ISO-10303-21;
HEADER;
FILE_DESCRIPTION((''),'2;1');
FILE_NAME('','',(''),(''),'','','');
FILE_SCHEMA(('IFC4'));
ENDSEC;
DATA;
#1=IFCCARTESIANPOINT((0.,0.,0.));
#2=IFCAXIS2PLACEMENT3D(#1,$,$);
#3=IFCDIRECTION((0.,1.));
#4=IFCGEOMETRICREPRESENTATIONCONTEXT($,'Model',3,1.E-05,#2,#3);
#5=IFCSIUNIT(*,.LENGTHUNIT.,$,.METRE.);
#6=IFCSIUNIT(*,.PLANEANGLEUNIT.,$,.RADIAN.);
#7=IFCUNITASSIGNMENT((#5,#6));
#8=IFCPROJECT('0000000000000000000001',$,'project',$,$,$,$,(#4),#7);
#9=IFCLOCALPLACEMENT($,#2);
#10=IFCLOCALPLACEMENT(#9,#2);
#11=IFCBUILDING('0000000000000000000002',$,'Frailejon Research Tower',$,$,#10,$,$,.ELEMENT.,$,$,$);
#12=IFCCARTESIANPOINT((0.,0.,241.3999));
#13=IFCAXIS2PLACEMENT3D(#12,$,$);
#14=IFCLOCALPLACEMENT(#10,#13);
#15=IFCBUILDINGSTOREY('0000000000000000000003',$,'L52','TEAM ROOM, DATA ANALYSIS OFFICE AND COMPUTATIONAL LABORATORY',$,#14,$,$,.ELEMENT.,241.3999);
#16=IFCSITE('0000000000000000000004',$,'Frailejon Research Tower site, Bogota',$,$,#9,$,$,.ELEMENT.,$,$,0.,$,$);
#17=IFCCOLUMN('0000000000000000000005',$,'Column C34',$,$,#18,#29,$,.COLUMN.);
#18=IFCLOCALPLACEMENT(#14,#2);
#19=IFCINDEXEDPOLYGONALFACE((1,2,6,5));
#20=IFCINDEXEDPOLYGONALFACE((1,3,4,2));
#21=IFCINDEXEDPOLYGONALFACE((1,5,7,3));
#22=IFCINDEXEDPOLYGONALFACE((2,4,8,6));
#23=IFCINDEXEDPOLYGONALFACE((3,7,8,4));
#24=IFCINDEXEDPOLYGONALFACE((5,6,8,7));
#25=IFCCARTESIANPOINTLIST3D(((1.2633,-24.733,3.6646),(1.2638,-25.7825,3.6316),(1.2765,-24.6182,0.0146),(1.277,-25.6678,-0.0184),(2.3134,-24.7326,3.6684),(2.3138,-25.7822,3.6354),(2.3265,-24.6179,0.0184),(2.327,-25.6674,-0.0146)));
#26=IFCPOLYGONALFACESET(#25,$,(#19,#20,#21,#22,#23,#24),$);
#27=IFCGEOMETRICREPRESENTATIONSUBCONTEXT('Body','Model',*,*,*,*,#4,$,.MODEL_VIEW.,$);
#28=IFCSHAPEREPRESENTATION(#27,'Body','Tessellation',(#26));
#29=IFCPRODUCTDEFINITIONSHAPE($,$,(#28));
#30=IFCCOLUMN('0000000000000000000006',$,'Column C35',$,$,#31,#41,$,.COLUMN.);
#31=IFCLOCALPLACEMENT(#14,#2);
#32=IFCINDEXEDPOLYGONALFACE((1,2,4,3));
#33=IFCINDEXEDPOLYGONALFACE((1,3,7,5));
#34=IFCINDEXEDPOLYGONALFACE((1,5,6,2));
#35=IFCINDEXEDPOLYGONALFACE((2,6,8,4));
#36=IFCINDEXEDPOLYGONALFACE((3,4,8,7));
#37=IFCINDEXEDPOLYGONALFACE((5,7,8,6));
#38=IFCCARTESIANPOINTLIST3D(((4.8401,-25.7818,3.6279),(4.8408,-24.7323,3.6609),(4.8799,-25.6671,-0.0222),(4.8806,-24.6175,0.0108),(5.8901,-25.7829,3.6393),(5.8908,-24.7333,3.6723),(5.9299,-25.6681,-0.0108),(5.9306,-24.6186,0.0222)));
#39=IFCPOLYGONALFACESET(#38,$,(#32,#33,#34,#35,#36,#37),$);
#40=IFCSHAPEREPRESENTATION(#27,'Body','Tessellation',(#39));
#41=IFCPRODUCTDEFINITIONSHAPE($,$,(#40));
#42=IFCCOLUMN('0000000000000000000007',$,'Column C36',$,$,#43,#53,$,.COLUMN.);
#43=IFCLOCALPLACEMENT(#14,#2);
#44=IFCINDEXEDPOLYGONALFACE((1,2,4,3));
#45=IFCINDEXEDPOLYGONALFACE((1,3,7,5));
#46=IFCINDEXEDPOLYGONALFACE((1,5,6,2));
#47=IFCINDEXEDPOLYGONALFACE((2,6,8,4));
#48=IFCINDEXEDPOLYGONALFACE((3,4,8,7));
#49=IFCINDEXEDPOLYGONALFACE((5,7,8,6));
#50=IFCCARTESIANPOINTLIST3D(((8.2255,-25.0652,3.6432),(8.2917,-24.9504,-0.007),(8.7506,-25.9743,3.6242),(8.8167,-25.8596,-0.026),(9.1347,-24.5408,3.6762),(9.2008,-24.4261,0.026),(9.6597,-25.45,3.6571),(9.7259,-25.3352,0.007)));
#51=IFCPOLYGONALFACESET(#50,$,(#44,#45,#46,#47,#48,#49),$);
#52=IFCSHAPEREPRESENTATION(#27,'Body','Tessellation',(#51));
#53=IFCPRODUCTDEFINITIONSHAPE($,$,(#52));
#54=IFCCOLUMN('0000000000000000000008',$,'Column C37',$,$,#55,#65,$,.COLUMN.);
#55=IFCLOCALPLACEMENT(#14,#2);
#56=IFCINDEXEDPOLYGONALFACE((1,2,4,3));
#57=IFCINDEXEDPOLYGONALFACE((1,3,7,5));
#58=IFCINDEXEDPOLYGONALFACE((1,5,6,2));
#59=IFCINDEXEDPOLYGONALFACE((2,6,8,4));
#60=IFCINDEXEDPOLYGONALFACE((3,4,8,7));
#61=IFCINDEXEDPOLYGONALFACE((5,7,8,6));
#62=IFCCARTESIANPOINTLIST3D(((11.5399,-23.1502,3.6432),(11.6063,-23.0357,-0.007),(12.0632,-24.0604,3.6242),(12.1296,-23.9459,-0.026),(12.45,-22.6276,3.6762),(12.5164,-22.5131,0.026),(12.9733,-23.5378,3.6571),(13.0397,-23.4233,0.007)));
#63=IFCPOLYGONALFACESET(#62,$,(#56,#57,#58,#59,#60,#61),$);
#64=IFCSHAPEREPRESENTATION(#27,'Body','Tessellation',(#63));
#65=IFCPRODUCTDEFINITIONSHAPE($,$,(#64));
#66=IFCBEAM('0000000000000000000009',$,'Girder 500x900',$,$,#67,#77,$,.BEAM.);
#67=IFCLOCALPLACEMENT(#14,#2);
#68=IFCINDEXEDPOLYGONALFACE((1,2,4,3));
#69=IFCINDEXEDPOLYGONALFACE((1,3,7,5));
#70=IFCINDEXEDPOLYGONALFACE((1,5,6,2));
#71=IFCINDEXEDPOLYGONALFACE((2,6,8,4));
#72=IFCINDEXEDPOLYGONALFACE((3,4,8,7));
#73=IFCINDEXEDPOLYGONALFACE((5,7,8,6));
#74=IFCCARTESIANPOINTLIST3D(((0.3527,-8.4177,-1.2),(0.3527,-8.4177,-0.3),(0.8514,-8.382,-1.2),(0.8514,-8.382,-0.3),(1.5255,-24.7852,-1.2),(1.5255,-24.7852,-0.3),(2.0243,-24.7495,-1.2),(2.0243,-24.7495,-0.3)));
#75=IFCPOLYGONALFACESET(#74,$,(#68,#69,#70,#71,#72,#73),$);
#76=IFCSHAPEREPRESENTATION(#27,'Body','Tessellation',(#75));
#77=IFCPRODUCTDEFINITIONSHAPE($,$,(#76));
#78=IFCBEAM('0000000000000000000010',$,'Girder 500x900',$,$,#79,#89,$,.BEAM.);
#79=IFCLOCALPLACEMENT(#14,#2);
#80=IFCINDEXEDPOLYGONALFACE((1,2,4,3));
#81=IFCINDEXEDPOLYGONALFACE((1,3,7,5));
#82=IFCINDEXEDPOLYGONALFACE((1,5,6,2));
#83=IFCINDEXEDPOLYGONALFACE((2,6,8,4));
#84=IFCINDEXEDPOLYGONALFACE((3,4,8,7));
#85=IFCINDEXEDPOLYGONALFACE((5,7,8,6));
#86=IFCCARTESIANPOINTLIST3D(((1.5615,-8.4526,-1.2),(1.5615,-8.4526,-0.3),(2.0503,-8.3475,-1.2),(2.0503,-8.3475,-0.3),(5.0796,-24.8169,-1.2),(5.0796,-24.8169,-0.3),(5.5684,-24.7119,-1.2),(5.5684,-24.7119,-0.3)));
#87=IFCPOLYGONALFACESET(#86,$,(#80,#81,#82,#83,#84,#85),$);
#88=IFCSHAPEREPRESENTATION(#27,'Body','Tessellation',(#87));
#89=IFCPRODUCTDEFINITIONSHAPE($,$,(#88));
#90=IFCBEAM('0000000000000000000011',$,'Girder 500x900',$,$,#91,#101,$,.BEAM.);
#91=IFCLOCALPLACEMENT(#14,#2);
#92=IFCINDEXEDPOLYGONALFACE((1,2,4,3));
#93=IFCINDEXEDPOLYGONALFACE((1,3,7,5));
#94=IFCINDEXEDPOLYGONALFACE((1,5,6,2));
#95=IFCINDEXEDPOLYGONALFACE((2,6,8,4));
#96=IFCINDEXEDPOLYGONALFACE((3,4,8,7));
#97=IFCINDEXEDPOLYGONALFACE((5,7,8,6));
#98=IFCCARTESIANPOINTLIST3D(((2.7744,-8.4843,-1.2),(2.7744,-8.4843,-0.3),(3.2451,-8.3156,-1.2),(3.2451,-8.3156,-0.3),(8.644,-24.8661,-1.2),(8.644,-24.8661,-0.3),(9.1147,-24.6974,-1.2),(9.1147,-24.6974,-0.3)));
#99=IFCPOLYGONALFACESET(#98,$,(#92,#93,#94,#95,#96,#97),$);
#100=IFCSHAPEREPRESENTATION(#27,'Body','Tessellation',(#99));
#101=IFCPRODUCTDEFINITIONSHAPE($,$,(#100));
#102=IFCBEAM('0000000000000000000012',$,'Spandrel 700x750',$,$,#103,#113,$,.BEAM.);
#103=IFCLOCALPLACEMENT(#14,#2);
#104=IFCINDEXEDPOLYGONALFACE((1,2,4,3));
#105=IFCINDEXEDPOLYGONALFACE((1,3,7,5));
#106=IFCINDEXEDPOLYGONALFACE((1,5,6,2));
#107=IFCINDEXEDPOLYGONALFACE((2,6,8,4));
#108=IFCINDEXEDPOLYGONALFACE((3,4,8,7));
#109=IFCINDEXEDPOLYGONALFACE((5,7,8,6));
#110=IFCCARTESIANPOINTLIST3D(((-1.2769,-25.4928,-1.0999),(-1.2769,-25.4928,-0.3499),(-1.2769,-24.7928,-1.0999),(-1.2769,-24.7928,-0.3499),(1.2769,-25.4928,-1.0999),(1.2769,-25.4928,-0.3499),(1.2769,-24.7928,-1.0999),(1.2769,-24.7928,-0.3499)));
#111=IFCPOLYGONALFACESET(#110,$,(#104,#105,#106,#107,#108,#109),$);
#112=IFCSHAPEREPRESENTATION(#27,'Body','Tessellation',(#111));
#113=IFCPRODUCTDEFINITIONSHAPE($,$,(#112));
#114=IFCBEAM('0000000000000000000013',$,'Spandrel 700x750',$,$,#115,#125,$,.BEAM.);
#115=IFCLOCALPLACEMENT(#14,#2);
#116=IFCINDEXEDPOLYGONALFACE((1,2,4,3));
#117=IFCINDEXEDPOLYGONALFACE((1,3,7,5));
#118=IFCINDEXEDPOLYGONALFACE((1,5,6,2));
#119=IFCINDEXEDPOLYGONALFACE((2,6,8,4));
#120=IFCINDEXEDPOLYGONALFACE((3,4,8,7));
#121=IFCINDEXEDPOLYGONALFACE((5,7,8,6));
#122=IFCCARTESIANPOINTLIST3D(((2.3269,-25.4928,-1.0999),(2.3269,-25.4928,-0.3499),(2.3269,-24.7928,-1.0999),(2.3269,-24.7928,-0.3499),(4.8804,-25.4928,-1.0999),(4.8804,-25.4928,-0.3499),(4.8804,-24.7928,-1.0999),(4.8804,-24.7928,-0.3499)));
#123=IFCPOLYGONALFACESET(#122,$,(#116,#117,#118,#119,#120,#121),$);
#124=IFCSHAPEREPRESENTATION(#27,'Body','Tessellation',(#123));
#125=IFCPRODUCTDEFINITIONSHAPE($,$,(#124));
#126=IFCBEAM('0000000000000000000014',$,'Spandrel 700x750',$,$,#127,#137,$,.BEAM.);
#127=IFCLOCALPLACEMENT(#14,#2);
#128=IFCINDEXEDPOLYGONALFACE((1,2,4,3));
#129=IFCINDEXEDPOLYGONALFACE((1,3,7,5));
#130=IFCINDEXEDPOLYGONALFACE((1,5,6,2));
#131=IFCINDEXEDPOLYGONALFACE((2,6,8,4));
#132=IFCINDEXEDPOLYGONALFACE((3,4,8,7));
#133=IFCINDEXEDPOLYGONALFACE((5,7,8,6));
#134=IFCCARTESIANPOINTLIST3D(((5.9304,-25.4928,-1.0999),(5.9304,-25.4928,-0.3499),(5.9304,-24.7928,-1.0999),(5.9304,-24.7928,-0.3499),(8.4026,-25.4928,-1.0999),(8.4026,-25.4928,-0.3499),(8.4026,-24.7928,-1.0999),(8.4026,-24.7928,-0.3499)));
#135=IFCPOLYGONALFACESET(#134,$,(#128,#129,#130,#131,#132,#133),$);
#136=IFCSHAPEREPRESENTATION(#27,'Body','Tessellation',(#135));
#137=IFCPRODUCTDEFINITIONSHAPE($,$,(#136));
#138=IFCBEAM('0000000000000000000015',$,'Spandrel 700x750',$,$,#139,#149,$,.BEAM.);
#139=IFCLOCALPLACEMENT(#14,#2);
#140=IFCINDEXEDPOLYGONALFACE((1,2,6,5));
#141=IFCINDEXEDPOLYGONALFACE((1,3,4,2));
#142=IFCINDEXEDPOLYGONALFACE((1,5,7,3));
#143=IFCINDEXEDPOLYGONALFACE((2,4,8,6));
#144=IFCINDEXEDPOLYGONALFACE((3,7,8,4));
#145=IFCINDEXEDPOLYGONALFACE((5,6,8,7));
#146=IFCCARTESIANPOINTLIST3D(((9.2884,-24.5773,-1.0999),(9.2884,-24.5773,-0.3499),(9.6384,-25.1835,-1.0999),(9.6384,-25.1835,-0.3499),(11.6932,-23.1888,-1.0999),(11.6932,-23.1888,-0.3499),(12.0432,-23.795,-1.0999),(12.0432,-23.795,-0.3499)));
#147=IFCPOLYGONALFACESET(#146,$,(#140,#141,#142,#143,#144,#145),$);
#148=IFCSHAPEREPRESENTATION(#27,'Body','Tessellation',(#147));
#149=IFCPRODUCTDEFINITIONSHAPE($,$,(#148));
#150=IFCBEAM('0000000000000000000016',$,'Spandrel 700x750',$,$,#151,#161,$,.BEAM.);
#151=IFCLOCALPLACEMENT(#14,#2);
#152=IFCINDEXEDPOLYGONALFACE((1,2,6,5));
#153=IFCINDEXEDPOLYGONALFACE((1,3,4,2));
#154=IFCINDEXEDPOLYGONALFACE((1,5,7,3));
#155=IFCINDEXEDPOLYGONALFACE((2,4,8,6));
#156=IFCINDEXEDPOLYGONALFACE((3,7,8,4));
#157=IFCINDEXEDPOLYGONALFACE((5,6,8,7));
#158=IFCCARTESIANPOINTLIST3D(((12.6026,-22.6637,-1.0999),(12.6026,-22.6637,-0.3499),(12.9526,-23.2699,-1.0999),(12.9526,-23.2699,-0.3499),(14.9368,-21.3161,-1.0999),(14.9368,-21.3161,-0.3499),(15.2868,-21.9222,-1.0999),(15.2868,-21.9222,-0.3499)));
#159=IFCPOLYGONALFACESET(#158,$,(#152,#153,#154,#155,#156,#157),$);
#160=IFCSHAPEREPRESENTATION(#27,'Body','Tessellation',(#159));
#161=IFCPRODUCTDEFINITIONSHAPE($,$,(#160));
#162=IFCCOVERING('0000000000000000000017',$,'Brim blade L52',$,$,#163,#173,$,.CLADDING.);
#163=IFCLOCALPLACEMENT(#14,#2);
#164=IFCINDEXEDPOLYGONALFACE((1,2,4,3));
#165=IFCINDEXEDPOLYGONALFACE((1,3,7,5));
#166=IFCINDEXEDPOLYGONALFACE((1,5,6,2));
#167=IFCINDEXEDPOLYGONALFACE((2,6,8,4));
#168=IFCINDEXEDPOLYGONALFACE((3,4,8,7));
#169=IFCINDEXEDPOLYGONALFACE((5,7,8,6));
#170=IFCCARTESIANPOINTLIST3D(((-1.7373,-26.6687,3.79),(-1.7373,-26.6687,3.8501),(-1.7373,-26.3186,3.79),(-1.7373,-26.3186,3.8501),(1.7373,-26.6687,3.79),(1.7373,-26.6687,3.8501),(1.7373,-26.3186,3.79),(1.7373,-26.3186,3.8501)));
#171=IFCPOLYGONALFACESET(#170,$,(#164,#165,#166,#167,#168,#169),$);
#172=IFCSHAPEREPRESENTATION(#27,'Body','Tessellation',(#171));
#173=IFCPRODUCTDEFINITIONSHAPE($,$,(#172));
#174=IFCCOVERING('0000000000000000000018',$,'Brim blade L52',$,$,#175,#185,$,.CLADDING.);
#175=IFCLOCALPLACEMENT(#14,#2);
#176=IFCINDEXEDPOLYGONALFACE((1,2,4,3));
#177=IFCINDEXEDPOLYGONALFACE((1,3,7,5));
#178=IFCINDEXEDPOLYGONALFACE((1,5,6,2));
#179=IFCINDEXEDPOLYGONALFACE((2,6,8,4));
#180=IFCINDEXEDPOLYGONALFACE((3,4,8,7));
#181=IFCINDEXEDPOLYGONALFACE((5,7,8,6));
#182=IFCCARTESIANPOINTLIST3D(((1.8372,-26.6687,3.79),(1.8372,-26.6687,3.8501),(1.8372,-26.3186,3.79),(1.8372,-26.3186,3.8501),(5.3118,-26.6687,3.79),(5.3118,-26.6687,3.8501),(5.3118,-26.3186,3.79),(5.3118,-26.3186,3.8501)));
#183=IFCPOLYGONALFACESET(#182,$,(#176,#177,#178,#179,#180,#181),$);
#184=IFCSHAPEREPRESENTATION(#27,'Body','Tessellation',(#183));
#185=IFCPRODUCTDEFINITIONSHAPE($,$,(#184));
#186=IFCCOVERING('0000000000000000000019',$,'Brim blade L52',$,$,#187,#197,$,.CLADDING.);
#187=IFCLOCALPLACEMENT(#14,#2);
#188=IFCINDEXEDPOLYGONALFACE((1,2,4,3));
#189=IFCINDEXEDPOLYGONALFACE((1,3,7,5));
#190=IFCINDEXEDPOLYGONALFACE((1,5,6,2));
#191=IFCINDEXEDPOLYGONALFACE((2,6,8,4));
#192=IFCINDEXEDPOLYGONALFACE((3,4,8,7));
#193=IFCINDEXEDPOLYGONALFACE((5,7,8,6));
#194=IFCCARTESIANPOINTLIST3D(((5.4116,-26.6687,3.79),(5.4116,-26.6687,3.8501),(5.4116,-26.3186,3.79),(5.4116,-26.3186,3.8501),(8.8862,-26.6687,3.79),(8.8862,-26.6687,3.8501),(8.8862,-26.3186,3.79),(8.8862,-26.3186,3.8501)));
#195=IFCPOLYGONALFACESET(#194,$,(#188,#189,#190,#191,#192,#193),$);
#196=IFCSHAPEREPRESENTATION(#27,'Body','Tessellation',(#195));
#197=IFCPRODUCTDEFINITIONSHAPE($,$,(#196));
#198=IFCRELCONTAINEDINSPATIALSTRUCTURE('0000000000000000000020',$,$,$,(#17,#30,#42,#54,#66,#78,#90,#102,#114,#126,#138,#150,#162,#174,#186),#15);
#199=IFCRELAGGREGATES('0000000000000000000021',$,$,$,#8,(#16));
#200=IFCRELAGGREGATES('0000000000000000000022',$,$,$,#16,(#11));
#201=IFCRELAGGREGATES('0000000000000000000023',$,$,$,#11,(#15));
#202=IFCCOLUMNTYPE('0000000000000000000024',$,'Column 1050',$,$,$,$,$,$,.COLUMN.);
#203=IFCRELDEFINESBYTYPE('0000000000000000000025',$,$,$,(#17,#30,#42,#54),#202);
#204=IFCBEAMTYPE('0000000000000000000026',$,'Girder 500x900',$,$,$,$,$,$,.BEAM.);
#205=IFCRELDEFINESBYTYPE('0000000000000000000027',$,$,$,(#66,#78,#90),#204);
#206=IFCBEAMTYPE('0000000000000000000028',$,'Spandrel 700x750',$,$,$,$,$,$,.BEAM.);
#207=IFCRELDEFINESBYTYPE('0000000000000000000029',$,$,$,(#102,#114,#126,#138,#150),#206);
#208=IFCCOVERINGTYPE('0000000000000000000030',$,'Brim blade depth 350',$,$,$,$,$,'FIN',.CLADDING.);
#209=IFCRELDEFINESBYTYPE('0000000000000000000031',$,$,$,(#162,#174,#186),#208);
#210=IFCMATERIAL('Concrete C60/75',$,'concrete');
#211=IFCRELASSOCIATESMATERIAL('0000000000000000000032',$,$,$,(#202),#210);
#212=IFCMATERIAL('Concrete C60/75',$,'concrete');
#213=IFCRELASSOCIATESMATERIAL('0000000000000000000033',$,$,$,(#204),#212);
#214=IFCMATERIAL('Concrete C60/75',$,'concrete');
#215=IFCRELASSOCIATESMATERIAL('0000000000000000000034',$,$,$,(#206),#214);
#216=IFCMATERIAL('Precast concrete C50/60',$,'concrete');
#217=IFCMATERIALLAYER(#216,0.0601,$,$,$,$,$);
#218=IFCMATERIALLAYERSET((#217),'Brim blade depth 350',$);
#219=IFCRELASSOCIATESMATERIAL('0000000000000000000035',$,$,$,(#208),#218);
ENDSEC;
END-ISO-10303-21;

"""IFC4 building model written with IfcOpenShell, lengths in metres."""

from ifc_helpers import new_model, si_unit, direction, frame, origin, origin_2d, place, context, subcontext, project, spatial, polyline, rectangle, outline, extrude, material, layer, layer_set, material_profile, profile_set, type_object, element, save


model = new_model("IFC4")

# Units and contexts
model_context = context("Model", 3, precision=1e-05, world=origin(), true_north=direction((0.0, 1.0)))
body_context = subcontext(model_context, "Body", "Model", "MODEL_VIEW")
ifc_project = project(units=[si_unit("LENGTHUNIT", "METRE"), si_unit("PLANEANGLEUNIT", "RADIAN")], contexts=[model_context])

# Site, building, storey
site_placement = place(None, origin())
site = spatial("IfcSite", under=ifc_project, at=site_placement, Name="Frailejon Research Tower site, Bogota", CompositionType="ELEMENT", RefElevation=0.0)
building_placement = place(site_placement, origin())
building = spatial("IfcBuilding", under=site, at=building_placement, Name="Frailejon Research Tower", CompositionType="ELEMENT")
storey_placement = place(building_placement, frame((0.0, 0.0, 241.3999)))
storey = spatial("IfcBuildingStorey", under=building, at=storey_placement, Name="L52", Description="TEAM ROOM, DATA ANALYSIS OFFICE AND COMPUTATIONAL LABORATORY", CompositionType="ELEMENT", Elevation=241.3999)

# Columns
ifc_material_1 = material(Name="Concrete C60/75", Category="concrete")
ifc_material_profile_1 = material_profile(ifc_material_1, rectangle(XDim=1.05, YDim=1.05, at=origin_2d()), Name="Column 1050")
ifc_profile_set_1 = profile_set([ifc_material_profile_1], Name="Concrete C60/75")
column_type = type_object("IfcColumnType", Name="Column 1050", PredefinedType="COLUMN", material=ifc_profile_set_1)
column_1_placement = place(storey_placement, frame((1.8018, -25.1428, 0.0), z_axis=(-0.00361, -0.03142, 0.9995), x_axis=(0.999993, 0.000341, 0.003623)))
element("IfcColumn", 1, at=column_1_placement, inside=storey, type_object=column_type, Name="Column C34", PredefinedType="COLUMN", context=body_context, shape_type="SweptSolid", body=[
    extrude(rectangle(XDim=1.05, YDim=1.05, at=origin_2d()), origin(), (0.0, 0.0, 1.0), 3.6519),
])
column_2_placement = place(storey_placement, frame((5.4053, -25.1428, 0.0), z_axis=(-0.010896, -0.031419, 0.999447), x_axis=(0.99994, -0.001008, 0.01087)))
element("IfcColumn", 2, at=column_2_placement, inside=storey, type_object=column_type, Name="Column C35", PredefinedType="COLUMN", context=body_context, shape_type="SweptSolid", body=[
    extrude(rectangle(XDim=1.05, YDim=1.05, at=origin_2d()), origin(), (0.0, 0.0, 1.0), 3.6521),
])
for number, where, z_axis, x_axis, name in (
    (3, (9.0088, -25.1428, 0.0), (-0.018114, -0.031415, 0.999342), (0.865818, 0.499373, 0.031392), "Column C36"),
    (4, (12.323, -23.2295, 0.0), (-0.018181, -0.031349, 0.999343), (0.866777, 0.497708, 0.031382), "Column C37"),
):
    element("IfcColumn", number, at=place(storey_placement, frame(where, z_axis=z_axis, x_axis=x_axis)), inside=storey, type_object=column_type, Name=name, PredefinedType="COLUMN", context=body_context, shape_type="SweptSolid", body=[
        extrude(rectangle(XDim=1.05, YDim=1.05, at=origin_2d()), origin(), (0.0, 0.0, 1.0), 3.6526),
    ])

# Beams
ifc_material_2 = material(Name="Concrete C60/75", Category="concrete")
ifc_material_profile_2 = material_profile(ifc_material_2, rectangle(XDim=0.5, YDim=0.8999, at=origin_2d()), Name="Girder 500x900")
ifc_profile_set_2 = profile_set([ifc_material_profile_2], Name="Concrete C60/75")
beam_type_1 = type_object("IfcBeamType", Name="Girder 500x900", PredefinedType="BEAM", material=ifc_profile_set_2)
beam_1_placement = place(storey_placement, frame((1.7749, -24.7673, -0.75), z_axis=(-0.071474, 0.997442, 0.0), x_axis=(-0.997442, -0.071474, 0.0)))
element("IfcBeam", 5, at=beam_1_placement, inside=storey, type_object=beam_type_1, Name="Girder 500x900", PredefinedType="BEAM", context=body_context, shape_type="SweptSolid", body=[
    extrude(rectangle(XDim=0.5, YDim=0.8999, at=origin_2d()), origin(), (0.0, 0.0, 1.0), 16.4094),
])
beam_2_placement = place(storey_placement, frame((5.324, -24.7644, -0.75), z_axis=(-0.210179, 0.977663, 0.0), x_axis=(-0.977663, -0.210179, 0.0)))
element("IfcBeam", 6, at=beam_2_placement, inside=storey, type_object=beam_type_1, Name="Girder 500x900", PredefinedType="BEAM", context=body_context, shape_type="SweptSolid", body=[
    extrude(rectangle(XDim=0.5, YDim=0.8999, at=origin_2d()), origin(), (0.0, 0.0, 1.0), 16.7383),
])
beam_3_placement = place(storey_placement, frame((8.8794, -24.7817, -0.75), z_axis=(-0.337303, 0.941396, 0.0), x_axis=(-0.941396, -0.337303, 0.0)))
element("IfcBeam", 7, at=beam_3_placement, inside=storey, type_object=beam_type_1, Name="Girder 500x900", PredefinedType="BEAM", context=body_context, shape_type="SweptSolid", body=[
    extrude(rectangle(XDim=0.5, YDim=0.8999, at=origin_2d()), origin(), (0.0, 0.0, 1.0), 17.4016),
])
ifc_material_3 = material(Name="Concrete C60/75", Category="concrete")
ifc_material_profile_3 = material_profile(ifc_material_3, rectangle(XDim=0.7, YDim=0.75, at=origin_2d()), Name="Spandrel 700x750")
ifc_profile_set_3 = profile_set([ifc_material_profile_3], Name="Concrete C60/75")
beam_type_2 = type_object("IfcBeamType", Name="Spandrel 700x750", PredefinedType="BEAM", material=ifc_profile_set_3)
beam_4_placement = place(storey_placement, frame((-1.2769, -25.1428, -0.7249), z_axis=(1.0, 0.0, 0.0), x_axis=(0.0, 1.0, 0.0)))
element("IfcBeam", 8, at=beam_4_placement, inside=storey, type_object=beam_type_2, Name="Spandrel 700x750", PredefinedType="BEAM", context=body_context, shape_type="SweptSolid", body=[
    extrude(rectangle(XDim=0.7, YDim=0.75, at=origin_2d()), origin(), (0.0, 0.0, 1.0), 2.5537),
])
beam_5_placement = place(storey_placement, frame((2.3269, -25.1428, -0.7249), z_axis=(1.0, 0.0, 0.0), x_axis=(0.0, 1.0, 0.0)))
element("IfcBeam", 9, at=beam_5_placement, inside=storey, type_object=beam_type_2, Name="Spandrel 700x750", PredefinedType="BEAM", context=body_context, shape_type="SweptSolid", body=[
    extrude(rectangle(XDim=0.7, YDim=0.75, at=origin_2d()), origin(), (0.0, 0.0, 1.0), 2.5535),
])
beam_6_placement = place(storey_placement, frame((5.9304, -25.1428, -0.7249), z_axis=(1.0, 0.0, 0.0), x_axis=(0.0, 1.0, 0.0)))
element("IfcBeam", 10, at=beam_6_placement, inside=storey, type_object=beam_type_2, Name="Spandrel 700x750", PredefinedType="BEAM", context=body_context, shape_type="SweptSolid", body=[
    extrude(rectangle(XDim=0.7, YDim=0.75, at=origin_2d()), origin(), (0.0, 0.0, 1.0), 2.4722),
])
beam_7_placement = place(storey_placement, frame((9.4634, -24.8804, -0.7249), z_axis=(0.866022, 0.500007, 0.0), x_axis=(-0.500007, 0.866022, 0.0)))
element("IfcBeam", 11, at=beam_7_placement, inside=storey, type_object=beam_type_2, Name="Spandrel 700x750", PredefinedType="BEAM", context=body_context, shape_type="SweptSolid", body=[
    extrude(rectangle(XDim=0.7, YDim=0.75, at=origin_2d()), origin(), (0.0, 0.0, 1.0), 2.7769),
])
beam_8_placement = place(storey_placement, frame((12.7776, -22.9668, -0.7249), z_axis=(0.866027, 0.499997, 0.0), x_axis=(-0.499997, 0.866027, 0.0)))
element("IfcBeam", 12, at=beam_8_placement, inside=storey, type_object=beam_type_2, Name="Spandrel 700x750", PredefinedType="BEAM", context=body_context, shape_type="SweptSolid", body=[
    extrude(rectangle(XDim=0.7, YDim=0.75, at=origin_2d()), origin(), (0.0, 0.0, 1.0), 2.6953),
])

# Coverings
ifc_material_4 = material(Name="Precast concrete C50/60", Category="concrete")
ifc_layer_1 = layer(ifc_material_4, 0.0601)
ifc_layer_set_1 = layer_set([ifc_layer_1], Name="Brim blade depth 350")
covering_type_1 = type_object("IfcCoveringType", Name="Brim blade depth 350", ElementType="FIN", PredefinedType="CLADDING", material=ifc_layer_set_1)
for number, where, z_axis, x_axis, name in (
    (13, (1.7373, -26.3186, 3.8501), (-1.0, 0.0, 0.0), (0.0, -1.0, 0.0), "Brim blade L52"),
    (14, (5.3118, -26.3186, 3.8501), (-1.0, 0.0, 0.0), (0.0, -1.0, 0.0), "Brim blade L52"),
    (15, (8.8862, -26.3186, 3.8501), (-1.0, 0.0, 0.0), (0.0, -1.0, 0.0), "Brim blade L52"),
):
    element("IfcCovering", number, at=place(storey_placement, frame(where, z_axis=z_axis, x_axis=x_axis)), inside=storey, type_object=covering_type_1, Name=name, PredefinedType="CLADDING", context=body_context, shape_type="SweptSolid", body=[
        extrude(outline(polyline([(0.0, -0.0601), (0.3501, -0.0601), (0.3501, 0.0), (0.0, 0.0), (0.0, -0.0601)])), origin(), (0.0, 0.0, 1.0), 3.4746),
    ])

save(model, "model.ifc")
